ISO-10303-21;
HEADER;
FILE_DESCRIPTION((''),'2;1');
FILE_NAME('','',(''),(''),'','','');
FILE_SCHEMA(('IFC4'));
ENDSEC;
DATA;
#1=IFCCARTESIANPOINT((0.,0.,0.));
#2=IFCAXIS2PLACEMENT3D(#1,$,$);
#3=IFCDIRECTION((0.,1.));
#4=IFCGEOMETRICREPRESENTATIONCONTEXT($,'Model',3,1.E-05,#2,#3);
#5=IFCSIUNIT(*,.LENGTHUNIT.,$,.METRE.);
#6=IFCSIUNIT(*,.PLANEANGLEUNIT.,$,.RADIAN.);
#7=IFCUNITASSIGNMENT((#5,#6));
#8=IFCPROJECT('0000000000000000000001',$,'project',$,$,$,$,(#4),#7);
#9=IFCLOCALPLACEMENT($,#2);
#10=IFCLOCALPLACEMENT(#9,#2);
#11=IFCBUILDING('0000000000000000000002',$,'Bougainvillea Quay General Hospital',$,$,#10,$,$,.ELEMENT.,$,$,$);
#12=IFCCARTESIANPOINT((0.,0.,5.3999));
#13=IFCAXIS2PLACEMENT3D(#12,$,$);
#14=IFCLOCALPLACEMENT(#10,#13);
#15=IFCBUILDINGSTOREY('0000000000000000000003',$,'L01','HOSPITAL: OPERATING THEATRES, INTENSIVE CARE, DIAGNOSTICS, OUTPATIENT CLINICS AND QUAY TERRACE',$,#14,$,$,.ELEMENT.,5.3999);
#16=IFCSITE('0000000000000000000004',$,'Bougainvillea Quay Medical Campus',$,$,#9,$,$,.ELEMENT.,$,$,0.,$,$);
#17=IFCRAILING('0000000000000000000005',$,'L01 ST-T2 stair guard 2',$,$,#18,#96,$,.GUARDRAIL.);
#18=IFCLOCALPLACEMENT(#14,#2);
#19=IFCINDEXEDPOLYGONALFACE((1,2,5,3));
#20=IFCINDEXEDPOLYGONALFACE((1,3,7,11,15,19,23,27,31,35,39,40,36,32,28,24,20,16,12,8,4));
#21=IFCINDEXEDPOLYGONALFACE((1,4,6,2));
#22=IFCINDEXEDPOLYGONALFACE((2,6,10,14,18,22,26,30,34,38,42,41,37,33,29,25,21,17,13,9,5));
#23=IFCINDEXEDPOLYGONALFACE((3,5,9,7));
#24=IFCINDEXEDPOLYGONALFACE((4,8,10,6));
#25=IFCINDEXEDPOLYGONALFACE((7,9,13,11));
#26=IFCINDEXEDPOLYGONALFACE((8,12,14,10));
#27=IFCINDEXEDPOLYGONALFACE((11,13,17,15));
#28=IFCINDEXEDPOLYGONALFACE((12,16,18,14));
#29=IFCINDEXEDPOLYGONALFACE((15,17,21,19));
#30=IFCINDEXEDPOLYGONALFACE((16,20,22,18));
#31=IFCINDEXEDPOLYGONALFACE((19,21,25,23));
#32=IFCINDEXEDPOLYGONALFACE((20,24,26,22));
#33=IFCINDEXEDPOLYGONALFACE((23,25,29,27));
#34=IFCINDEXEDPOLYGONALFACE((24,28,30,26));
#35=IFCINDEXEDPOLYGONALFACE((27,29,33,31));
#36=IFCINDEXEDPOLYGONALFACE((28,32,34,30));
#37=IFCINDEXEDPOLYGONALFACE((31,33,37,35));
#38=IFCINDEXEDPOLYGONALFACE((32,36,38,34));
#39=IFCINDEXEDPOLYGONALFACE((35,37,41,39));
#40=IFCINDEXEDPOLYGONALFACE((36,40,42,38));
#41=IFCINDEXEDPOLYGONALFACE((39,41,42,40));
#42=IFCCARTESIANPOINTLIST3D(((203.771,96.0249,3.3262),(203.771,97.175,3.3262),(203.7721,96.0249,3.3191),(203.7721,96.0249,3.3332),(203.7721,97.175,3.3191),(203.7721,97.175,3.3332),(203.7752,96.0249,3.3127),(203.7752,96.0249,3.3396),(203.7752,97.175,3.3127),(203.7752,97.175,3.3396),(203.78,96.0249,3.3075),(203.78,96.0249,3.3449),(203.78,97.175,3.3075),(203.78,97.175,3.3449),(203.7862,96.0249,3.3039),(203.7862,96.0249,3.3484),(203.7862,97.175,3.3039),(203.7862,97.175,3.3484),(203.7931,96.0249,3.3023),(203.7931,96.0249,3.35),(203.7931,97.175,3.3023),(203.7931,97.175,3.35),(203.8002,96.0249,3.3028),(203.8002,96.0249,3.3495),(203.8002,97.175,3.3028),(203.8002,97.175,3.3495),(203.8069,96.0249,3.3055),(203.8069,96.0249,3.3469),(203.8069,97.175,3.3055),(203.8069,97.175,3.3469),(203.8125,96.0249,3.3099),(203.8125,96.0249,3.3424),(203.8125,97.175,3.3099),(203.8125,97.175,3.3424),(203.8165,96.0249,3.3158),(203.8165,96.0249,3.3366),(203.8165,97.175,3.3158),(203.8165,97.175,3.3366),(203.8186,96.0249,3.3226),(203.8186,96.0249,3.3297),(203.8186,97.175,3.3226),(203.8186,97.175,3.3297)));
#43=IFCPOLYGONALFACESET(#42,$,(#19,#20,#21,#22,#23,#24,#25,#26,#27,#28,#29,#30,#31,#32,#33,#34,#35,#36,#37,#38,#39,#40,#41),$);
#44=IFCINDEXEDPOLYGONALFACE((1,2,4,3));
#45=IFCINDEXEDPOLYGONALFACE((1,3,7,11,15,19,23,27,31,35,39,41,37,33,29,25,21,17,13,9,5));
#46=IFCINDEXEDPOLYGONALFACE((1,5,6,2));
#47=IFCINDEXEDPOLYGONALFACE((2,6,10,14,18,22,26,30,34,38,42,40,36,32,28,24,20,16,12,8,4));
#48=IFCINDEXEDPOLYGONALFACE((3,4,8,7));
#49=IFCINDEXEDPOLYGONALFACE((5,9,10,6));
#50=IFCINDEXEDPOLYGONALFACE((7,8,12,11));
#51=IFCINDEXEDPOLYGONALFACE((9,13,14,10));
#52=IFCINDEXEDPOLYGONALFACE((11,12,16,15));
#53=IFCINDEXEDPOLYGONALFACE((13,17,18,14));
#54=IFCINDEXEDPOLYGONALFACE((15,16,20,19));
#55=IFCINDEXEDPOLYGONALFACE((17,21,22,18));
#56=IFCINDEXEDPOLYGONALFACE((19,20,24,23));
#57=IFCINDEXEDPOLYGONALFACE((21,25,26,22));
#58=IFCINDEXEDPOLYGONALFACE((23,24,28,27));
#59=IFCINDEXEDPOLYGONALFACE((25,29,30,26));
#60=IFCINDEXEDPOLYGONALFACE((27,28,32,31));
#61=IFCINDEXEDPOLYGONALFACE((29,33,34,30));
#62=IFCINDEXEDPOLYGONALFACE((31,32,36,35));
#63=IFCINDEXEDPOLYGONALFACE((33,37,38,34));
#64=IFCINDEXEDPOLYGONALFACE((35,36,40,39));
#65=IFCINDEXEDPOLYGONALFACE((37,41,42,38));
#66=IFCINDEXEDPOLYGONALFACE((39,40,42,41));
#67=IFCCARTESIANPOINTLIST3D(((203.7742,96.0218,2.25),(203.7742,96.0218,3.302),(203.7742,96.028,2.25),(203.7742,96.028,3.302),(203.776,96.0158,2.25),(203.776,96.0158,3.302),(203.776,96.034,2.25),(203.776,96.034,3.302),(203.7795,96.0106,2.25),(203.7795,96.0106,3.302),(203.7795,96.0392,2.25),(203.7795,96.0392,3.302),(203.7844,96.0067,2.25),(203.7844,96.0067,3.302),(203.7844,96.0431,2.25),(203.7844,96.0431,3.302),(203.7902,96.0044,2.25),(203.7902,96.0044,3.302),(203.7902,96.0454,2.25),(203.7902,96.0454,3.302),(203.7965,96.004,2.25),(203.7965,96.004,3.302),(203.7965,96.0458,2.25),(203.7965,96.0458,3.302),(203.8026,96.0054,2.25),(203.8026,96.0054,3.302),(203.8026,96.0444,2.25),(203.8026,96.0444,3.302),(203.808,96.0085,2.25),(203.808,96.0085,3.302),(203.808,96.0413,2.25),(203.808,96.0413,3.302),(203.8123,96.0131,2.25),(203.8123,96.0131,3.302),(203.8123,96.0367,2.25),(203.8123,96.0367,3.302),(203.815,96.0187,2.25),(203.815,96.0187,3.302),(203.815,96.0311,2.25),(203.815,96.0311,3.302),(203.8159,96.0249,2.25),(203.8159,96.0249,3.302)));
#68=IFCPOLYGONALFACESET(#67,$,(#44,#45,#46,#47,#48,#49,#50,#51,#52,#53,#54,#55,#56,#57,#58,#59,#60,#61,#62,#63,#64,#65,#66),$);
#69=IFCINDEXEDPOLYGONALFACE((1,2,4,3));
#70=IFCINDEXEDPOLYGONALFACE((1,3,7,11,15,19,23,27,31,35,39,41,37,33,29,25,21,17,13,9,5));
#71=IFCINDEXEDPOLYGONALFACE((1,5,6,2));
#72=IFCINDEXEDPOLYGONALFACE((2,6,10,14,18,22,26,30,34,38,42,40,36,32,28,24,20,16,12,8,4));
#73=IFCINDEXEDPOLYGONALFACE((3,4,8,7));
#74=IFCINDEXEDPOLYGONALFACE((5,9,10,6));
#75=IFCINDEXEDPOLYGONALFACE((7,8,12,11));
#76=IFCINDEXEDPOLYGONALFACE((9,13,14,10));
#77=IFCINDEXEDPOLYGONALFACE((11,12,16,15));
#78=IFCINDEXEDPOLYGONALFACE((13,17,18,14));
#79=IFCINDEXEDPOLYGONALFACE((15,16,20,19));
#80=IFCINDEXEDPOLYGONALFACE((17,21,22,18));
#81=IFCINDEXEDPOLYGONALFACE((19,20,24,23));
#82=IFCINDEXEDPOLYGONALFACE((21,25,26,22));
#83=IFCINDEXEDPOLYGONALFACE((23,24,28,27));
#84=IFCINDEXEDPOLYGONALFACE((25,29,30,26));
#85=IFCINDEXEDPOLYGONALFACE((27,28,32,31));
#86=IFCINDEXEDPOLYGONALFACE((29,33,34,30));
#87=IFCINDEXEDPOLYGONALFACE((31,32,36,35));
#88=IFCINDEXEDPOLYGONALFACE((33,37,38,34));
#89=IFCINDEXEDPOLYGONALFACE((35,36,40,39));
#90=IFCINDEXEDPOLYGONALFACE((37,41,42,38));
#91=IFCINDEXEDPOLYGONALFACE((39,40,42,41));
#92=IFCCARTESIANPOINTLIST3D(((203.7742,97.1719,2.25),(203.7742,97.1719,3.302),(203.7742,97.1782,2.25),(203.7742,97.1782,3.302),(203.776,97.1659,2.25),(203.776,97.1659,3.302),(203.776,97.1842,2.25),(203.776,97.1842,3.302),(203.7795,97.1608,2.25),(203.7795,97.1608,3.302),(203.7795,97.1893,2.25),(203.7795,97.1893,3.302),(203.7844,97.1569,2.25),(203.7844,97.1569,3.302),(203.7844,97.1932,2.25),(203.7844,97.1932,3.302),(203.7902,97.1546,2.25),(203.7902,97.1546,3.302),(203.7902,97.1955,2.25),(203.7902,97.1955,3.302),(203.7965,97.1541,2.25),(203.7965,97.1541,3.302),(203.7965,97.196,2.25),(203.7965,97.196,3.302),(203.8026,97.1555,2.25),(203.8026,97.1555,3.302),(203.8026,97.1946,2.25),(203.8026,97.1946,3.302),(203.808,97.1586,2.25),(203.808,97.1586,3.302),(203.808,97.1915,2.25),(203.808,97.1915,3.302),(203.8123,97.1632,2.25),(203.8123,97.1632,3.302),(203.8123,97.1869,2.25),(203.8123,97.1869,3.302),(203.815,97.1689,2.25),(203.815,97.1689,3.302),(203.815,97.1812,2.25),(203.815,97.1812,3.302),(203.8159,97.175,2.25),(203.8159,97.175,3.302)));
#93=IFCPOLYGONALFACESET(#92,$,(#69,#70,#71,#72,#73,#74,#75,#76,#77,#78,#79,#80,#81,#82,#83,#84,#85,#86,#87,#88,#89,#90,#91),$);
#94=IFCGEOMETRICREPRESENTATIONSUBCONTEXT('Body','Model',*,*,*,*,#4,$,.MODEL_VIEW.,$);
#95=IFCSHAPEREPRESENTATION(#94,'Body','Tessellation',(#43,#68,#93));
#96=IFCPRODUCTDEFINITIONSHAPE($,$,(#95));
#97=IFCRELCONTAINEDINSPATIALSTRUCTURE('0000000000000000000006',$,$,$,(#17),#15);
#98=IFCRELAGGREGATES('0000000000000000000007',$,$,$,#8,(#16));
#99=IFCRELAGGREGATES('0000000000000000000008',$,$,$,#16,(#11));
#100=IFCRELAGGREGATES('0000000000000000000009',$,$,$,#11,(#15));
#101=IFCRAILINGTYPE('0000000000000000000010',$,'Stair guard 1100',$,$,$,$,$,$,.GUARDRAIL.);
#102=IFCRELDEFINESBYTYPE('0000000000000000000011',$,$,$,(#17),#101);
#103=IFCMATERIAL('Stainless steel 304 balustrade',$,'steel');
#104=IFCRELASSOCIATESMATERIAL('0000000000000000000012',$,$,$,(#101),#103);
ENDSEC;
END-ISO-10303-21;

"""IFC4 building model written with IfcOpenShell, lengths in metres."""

from ifc_helpers import new_model, si_unit, direction, frame, origin, origin_2d, place, context, subcontext, project, spatial, circle, extrude, material, type_object, element, save


model = new_model("IFC4")

# Units and contexts
model_context = context("Model", 3, precision=1e-05, world=origin(), true_north=direction((0.0, 1.0)))
body_context = subcontext(model_context, "Body", "Model", "MODEL_VIEW")
ifc_project = project(units=[si_unit("LENGTHUNIT", "METRE"), si_unit("PLANEANGLEUNIT", "RADIAN")], contexts=[model_context])

# Site, building, storey
site_placement = place(None, origin())
site = spatial("IfcSite", under=ifc_project, at=site_placement, Name="Bougainvillea Quay Medical Campus", CompositionType="ELEMENT", RefElevation=0.0)
building_placement = place(site_placement, origin())
building = spatial("IfcBuilding", under=site, at=building_placement, Name="Bougainvillea Quay General Hospital", CompositionType="ELEMENT")
storey_placement = place(building_placement, frame((0.0, 0.0, 5.3999)))
storey = spatial("IfcBuildingStorey", under=building, at=storey_placement, Name="L01", Description="HOSPITAL: OPERATING THEATRES, INTENSIVE CARE, DIAGNOSTICS, OUTPATIENT CLINICS AND QUAY TERRACE", CompositionType="ELEMENT", Elevation=5.3999)

# Railing
ifc_material_1 = material(Name="Stainless steel 304 balustrade", Category="steel")
railing_type_1 = type_object("IfcRailingType", Name="Stair guard 1100", PredefinedType="GUARDRAIL", material=ifc_material_1)
railing_1_placement = place(storey_placement, frame((203.7949, 96.0249, 2.25)))
element("IfcRailing", 1, at=railing_1_placement, inside=storey, type_object=railing_type_1, Name="L01 ST-T2 stair guard 2", PredefinedType="GUARDRAIL", context=body_context, shape_type="SweptSolid", body=[
    extrude(circle(Radius=0.0239, at=origin_2d()), frame((0.0, 0.0, 1.0762), z_axis=(0.0, 1.0, 0.0), x_axis=(-1.0, 0.0, 0.0)), (0.0, 0.0, 1.0), 1.1501),
    extrude(circle(Radius=0.021, at=origin_2d()), origin(), (0.0, 0.0, 1.0), 1.052),
    extrude(circle(Radius=0.021, at=origin_2d()), frame((0.0, 1.1501, 0.0)), (0.0, 0.0, 1.0), 1.052),
])

save(model, "model.ifc")
